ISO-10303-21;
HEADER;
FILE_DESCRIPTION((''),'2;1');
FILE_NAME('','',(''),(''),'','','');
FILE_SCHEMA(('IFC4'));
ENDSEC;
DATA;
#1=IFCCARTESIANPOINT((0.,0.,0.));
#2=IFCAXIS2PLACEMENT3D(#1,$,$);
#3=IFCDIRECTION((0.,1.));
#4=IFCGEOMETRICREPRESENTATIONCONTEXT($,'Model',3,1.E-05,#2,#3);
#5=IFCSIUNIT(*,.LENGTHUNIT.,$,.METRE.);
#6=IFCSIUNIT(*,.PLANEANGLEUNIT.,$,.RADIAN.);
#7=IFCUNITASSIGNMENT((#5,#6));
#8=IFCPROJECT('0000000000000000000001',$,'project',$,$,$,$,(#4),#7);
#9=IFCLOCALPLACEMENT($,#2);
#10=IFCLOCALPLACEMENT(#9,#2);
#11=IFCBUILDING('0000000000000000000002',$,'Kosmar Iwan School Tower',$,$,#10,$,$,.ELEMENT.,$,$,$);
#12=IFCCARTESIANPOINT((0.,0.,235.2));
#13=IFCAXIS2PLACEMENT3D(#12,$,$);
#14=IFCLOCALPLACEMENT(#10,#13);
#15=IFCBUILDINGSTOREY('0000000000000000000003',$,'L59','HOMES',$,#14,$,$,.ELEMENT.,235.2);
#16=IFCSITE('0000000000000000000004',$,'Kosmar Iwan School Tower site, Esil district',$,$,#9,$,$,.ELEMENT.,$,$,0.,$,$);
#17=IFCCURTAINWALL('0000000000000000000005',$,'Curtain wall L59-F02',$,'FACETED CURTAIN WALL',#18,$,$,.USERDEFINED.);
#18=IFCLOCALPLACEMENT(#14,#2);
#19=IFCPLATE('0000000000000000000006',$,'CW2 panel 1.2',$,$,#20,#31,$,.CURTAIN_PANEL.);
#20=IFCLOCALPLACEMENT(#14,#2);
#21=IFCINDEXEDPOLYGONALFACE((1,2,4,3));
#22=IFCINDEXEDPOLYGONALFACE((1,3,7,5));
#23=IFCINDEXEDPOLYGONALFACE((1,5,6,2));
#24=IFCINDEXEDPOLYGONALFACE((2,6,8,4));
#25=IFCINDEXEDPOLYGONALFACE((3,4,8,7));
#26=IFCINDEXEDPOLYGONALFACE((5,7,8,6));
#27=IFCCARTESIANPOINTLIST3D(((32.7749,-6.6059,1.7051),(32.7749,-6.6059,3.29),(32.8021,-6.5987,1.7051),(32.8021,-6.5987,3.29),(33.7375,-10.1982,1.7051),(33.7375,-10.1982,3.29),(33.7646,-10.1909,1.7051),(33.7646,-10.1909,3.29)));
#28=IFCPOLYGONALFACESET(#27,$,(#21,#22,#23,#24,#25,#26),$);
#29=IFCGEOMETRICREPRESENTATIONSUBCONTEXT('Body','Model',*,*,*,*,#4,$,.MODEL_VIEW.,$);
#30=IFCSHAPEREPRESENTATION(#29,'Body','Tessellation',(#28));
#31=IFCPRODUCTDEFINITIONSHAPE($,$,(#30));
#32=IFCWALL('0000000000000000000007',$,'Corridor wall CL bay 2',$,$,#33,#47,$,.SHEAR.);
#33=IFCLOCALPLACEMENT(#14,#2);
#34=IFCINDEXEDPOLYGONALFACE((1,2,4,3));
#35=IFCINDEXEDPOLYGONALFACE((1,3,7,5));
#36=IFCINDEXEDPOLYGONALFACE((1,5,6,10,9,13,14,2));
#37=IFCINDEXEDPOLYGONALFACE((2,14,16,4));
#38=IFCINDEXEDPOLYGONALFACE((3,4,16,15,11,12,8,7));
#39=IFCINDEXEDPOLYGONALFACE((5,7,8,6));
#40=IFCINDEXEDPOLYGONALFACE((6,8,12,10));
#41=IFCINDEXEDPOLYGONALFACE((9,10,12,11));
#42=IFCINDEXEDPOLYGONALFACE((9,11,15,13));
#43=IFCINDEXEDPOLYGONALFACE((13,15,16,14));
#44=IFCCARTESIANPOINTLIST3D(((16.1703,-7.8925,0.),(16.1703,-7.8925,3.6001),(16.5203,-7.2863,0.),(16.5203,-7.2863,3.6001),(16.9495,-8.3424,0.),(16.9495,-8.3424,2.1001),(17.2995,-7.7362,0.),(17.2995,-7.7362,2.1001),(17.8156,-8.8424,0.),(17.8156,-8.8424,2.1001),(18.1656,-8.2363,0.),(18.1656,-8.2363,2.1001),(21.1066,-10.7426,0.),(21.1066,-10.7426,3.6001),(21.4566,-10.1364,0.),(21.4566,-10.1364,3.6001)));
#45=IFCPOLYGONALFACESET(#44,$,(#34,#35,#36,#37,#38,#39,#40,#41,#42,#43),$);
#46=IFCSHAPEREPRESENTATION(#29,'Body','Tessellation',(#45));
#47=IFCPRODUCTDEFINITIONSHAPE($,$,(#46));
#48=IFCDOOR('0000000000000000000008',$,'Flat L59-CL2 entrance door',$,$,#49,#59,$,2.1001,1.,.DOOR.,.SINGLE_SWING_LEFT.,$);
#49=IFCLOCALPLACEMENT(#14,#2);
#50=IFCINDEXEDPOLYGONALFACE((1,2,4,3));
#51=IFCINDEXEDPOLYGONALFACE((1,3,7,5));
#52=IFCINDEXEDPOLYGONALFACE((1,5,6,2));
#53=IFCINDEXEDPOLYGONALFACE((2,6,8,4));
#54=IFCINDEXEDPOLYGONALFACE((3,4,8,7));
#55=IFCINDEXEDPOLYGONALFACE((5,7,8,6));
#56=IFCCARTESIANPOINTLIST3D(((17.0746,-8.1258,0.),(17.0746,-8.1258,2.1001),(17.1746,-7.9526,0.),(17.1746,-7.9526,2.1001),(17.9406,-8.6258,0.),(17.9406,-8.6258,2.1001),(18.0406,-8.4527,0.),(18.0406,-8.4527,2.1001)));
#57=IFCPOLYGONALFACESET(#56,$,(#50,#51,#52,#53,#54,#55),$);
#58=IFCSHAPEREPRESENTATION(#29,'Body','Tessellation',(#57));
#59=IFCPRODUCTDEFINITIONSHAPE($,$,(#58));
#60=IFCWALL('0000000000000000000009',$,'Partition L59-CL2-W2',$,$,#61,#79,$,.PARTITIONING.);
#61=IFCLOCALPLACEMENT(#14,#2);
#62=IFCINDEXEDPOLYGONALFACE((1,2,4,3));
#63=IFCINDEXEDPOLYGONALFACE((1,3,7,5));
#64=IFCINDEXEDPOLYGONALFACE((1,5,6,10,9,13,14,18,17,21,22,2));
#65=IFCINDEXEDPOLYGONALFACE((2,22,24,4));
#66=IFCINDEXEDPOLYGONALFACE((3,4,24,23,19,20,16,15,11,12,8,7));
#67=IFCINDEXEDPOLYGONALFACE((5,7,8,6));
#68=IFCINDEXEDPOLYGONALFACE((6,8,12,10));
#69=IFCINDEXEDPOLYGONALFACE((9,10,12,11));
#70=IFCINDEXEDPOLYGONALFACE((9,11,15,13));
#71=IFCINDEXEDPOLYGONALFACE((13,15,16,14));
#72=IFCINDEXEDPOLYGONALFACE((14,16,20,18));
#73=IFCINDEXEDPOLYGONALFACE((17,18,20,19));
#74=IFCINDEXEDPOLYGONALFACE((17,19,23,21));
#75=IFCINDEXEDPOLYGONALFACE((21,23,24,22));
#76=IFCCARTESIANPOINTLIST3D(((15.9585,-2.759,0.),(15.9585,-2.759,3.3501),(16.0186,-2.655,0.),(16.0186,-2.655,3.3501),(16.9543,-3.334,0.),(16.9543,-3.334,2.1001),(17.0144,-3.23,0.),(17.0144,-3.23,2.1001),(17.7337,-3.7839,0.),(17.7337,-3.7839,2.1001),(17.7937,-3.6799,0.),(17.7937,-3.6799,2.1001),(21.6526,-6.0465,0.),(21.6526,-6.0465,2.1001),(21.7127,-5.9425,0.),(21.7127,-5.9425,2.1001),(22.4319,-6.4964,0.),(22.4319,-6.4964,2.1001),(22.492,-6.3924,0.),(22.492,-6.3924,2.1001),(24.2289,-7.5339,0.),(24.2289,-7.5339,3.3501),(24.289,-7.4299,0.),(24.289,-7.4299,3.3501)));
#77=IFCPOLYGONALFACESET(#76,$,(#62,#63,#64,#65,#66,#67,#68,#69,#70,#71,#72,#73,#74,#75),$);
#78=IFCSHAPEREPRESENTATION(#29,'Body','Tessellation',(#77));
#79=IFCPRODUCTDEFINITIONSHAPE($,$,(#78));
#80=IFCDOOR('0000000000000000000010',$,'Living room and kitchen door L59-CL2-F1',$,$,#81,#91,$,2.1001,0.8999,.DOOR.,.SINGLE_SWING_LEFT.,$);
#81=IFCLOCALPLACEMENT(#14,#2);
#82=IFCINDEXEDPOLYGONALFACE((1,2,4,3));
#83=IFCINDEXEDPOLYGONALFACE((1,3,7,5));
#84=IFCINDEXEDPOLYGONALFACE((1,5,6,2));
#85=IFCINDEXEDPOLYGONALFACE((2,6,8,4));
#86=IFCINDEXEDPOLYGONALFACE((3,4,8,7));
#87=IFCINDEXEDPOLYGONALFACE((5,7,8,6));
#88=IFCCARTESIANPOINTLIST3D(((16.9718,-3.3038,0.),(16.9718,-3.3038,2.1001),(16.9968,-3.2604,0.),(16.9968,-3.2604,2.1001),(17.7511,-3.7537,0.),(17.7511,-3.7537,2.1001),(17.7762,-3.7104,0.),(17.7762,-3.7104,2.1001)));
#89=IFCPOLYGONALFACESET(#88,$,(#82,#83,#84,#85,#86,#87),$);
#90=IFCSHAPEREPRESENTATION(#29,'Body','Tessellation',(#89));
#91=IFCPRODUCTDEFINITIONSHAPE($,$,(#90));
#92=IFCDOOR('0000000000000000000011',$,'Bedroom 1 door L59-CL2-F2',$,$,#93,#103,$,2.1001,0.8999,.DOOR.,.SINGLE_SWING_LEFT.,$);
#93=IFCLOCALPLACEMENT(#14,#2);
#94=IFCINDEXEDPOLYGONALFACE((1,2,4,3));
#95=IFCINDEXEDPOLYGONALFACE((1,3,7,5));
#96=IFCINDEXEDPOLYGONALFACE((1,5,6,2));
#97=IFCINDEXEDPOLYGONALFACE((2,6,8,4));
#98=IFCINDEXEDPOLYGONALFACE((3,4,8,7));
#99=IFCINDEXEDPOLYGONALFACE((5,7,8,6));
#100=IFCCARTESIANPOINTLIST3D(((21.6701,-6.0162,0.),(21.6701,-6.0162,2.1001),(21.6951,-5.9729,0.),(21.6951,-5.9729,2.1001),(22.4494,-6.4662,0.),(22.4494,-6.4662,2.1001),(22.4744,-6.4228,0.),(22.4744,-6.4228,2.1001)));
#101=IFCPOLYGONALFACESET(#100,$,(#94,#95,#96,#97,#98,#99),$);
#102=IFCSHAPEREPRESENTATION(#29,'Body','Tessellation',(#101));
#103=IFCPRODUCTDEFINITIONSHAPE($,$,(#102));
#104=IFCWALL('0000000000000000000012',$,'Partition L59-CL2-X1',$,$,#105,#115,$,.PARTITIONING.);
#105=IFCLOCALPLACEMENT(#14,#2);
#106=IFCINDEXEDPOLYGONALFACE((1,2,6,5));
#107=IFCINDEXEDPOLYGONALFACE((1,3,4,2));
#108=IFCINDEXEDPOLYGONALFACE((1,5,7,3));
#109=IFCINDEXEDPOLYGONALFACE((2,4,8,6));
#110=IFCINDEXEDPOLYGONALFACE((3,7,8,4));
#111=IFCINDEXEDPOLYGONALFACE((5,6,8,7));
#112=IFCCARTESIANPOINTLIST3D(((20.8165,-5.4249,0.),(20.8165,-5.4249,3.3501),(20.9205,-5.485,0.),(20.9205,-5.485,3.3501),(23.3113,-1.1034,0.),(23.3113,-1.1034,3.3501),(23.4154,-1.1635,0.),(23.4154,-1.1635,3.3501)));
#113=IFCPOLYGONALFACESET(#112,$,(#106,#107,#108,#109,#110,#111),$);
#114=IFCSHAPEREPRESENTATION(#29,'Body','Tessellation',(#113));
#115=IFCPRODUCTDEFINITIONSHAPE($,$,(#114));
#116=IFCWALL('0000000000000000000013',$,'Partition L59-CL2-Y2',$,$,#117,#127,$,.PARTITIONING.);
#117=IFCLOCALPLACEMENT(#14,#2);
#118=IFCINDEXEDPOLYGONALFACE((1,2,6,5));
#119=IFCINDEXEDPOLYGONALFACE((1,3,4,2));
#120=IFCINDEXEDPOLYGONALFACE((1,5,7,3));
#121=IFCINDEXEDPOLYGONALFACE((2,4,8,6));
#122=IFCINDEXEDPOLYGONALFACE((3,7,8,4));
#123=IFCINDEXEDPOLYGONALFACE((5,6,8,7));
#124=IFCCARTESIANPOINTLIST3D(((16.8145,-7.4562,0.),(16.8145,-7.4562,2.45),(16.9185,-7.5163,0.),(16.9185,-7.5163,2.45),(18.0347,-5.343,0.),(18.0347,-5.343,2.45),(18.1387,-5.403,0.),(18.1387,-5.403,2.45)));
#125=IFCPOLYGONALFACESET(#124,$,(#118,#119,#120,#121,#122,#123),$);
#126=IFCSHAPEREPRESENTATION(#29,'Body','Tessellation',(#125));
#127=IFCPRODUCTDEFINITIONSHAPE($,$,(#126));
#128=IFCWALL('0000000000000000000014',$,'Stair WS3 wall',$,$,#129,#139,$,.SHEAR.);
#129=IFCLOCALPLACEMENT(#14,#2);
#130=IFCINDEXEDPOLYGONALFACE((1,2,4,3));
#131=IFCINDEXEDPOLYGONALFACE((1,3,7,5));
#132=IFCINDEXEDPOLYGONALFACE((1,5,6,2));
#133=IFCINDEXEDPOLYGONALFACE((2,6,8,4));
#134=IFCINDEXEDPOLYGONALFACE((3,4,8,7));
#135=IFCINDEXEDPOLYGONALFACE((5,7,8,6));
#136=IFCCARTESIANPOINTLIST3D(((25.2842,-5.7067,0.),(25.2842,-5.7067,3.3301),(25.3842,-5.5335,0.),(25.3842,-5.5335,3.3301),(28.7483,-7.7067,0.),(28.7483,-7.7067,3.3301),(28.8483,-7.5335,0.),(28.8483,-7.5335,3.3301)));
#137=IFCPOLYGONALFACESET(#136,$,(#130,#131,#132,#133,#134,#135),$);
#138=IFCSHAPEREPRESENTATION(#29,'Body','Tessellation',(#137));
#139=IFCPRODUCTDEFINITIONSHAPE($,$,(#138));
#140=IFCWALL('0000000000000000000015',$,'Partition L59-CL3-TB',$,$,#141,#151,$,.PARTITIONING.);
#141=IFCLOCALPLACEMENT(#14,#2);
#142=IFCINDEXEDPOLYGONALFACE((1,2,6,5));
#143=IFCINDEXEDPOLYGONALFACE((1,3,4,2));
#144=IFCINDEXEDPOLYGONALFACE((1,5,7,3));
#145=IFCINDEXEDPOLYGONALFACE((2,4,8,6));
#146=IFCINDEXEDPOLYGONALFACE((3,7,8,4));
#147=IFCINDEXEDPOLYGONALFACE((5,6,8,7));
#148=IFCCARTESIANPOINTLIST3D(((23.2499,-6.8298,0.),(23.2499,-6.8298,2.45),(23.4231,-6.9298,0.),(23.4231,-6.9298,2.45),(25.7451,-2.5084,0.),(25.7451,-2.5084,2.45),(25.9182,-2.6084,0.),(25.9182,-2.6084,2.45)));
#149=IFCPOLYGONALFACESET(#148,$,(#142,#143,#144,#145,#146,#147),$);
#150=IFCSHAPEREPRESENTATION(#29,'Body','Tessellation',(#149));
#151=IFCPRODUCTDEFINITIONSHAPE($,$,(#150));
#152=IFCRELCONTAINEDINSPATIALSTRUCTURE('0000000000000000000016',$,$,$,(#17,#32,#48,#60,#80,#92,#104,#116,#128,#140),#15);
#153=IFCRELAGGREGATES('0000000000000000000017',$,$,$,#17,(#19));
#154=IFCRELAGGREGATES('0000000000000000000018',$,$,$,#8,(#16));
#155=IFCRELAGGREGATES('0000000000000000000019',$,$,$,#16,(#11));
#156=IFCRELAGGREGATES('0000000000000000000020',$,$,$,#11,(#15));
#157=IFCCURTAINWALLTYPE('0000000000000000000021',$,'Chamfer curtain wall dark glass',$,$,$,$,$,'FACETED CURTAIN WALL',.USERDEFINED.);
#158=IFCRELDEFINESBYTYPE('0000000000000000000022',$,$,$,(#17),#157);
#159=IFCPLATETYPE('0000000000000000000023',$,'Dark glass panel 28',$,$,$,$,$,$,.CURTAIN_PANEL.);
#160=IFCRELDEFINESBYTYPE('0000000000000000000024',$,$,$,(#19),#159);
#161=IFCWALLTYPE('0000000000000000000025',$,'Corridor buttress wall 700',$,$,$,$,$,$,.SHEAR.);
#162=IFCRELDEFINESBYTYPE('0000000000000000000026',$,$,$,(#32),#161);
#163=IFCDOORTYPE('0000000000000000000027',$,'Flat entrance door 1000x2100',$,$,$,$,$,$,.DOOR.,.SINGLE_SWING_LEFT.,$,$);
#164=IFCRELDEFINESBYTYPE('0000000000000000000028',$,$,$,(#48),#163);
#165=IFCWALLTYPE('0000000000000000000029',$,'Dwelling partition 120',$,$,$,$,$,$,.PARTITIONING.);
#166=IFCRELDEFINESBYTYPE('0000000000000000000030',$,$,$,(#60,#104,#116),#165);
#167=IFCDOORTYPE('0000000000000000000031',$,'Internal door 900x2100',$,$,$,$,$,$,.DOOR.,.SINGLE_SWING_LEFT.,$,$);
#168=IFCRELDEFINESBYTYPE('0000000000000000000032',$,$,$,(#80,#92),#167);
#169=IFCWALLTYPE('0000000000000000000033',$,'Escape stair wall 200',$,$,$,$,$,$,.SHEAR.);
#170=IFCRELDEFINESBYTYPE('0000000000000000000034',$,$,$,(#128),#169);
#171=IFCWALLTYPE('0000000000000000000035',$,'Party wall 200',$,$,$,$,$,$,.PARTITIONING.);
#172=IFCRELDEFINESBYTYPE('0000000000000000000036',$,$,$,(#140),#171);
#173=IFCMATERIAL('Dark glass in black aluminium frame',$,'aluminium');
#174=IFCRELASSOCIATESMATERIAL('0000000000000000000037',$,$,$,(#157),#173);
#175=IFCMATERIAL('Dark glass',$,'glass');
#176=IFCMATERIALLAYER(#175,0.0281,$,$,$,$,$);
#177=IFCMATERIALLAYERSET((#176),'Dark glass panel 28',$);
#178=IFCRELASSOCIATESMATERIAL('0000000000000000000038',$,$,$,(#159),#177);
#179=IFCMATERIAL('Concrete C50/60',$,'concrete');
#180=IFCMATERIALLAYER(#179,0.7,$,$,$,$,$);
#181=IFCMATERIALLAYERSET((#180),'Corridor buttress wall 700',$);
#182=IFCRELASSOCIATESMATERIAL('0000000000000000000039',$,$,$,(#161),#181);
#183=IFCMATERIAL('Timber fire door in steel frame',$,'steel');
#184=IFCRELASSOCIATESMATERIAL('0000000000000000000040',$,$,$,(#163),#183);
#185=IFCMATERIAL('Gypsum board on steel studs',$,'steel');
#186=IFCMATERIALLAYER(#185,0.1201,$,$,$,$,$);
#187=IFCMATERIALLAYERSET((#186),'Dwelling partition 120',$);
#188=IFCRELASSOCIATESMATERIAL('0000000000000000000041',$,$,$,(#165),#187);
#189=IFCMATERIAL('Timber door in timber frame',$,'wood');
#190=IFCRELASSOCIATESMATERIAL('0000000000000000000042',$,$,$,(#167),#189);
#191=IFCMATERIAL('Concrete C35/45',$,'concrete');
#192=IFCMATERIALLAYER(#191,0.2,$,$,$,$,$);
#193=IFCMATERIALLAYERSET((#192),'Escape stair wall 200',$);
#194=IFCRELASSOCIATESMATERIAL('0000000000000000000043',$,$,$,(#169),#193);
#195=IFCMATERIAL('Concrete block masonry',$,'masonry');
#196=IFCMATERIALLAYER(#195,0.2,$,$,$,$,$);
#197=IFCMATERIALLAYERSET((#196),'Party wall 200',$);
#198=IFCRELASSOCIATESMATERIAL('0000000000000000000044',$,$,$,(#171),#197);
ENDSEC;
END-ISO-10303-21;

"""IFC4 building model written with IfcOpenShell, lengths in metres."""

from ifc_helpers import new_model, si_unit, direction, frame, frame_2d, origin, origin_2d, place, context, subcontext, project, spatial, rectangle, extrude, material, layer, layer_set, type_object, element, fill, aggregate, save


model = new_model("IFC4")

# Units and contexts
model_context = context("Model", 3, precision=1e-05, world=origin(), true_north=direction((0.0, 1.0)))
body_context = subcontext(model_context, "Body", "Model", "MODEL_VIEW")
ifc_project = project(units=[si_unit("LENGTHUNIT", "METRE"), si_unit("PLANEANGLEUNIT", "RADIAN")], contexts=[model_context])

# Site, building, storey
site_placement = place(None, origin())
site = spatial("IfcSite", under=ifc_project, at=site_placement, Name="Kosmar Iwan School Tower site, Esil district", CompositionType="ELEMENT", RefElevation=0.0)
building_placement = place(site_placement, origin())
building = spatial("IfcBuilding", under=site, at=building_placement, Name="Kosmar Iwan School Tower", CompositionType="ELEMENT")
storey_placement = place(building_placement, frame((0.0, 0.0, 235.2)))
storey = spatial("IfcBuildingStorey", under=building, at=storey_placement, Name="L59", Description="HOMES", CompositionType="ELEMENT", Elevation=235.2)

# Curtain wall
ifc_material_1 = material(Name="Dark glass in black aluminium frame", Category="aluminium")
curtain_wall_type = type_object("IfcCurtainWallType", Name="Chamfer curtain wall dark glass", ElementType="FACETED CURTAIN WALL", PredefinedType="USERDEFINED", material=ifc_material_1)
curtain_wall_placement = place(storey_placement, origin())
curtain_wall = element("IfcCurtainWall", 1, at=curtain_wall_placement, inside=storey, type_object=curtain_wall_type, Name="Curtain wall L59-F02", ObjectType="FACETED CURTAIN WALL", PredefinedType="USERDEFINED")

# Plate
ifc_material_2 = material(Name="Dark glass", Category="glass")
ifc_layer_1 = layer(ifc_material_2, 0.0281)
ifc_layer_set_1 = layer_set([ifc_layer_1], Name="Dark glass panel 28")
plate_type = type_object("IfcPlateType", Name="Dark glass panel 28", PredefinedType="CURTAIN_PANEL", material=ifc_layer_set_1)
plate_placement = place(storey_placement, frame((33.2698, -8.3984, 1.7051), z_axis=(0.0, 0.0, 1.0), x_axis=(-0.258819, 0.965926, 0.0)))
plate = element("IfcPlate", 2, at=plate_placement, type_object=plate_type, Name="CW2 panel 1.2", PredefinedType="CURTAIN_PANEL", context=body_context, shape_type="SweptSolid", body=[
    extrude(rectangle(XDim=3.719, YDim=0.0281, at=origin_2d()), origin(), (0.0, 0.0, 1.0), 1.585),
])
aggregate(curtain_wall, [plate])

# Wall, opening, door
ifc_material_3 = material(Name="Concrete C50/60", Category="concrete")
ifc_layer_2 = layer(ifc_material_3, 0.7)
ifc_layer_set_2 = layer_set([ifc_layer_2], Name="Corridor buttress wall 700")
wall_type_1 = type_object("IfcWallType", Name="Corridor buttress wall 700", PredefinedType="SHEAR", material=ifc_layer_set_2)
wall_1_placement = place(storey_placement, frame((16.3452, -7.5894, 0.0), z_axis=(0.0, 0.0, 1.0), x_axis=(0.866015, -0.500018, 0.0)))
wall_1 = element("IfcWall", 3, at=wall_1_placement, inside=storey, type_object=wall_type_1, Name="Corridor wall CL bay 2", PredefinedType="SHEAR", context=body_context, shape_type="SweptSolid", body=[
    extrude(rectangle(XDim=5.7, YDim=0.7, at=frame_2d((2.8501, 0.0))), origin(), (0.0, 0.0, 1.0), 3.6001),
])
opening_1_placement = place(wall_1_placement, frame((0.8999, 0.0, 0.0)))
opening_1 = element("IfcOpeningElement", 4, at=opening_1_placement, cuts=wall_1, PredefinedType="OPENING", context=body_context, shape_type="SweptSolid", body=[
    extrude(rectangle(XDim=1.0, YDim=2.1001, at=frame_2d((0.5, 1.05))), frame((0.0, 0.3621, 0.0), z_axis=(0.0, -1.0, 0.0), x_axis=(1.0, 0.0, 0.0)), (0.0, 0.0, 1.0), 0.7239),
])
ifc_material_4 = material(Name="Timber fire door in steel frame", Category="steel")
door_type_1 = type_object("IfcDoorType", Name="Flat entrance door 1000x2100", OperationType="SINGLE_SWING_LEFT", PredefinedType="DOOR", material=ifc_material_4)
door_1_placement = place(opening_1_placement, origin())
door_1 = element("IfcDoor", 5, at=door_1_placement, inside=storey, type_object=door_type_1, Name="Flat L59-CL2 entrance door", OperationType="SINGLE_SWING_LEFT", OverallHeight=2.1001, OverallWidth=1.0, PredefinedType="DOOR", context=body_context, shape_type="SweptSolid", body=[
    extrude(rectangle(XDim=1.0, YDim=2.1001, at=frame_2d((0.5, 1.05))), frame((0.0, 0.1001, 0.0), z_axis=(0.0, -1.0, 0.0), x_axis=(1.0, 0.0, 0.0)), (0.0, 0.0, 1.0), 0.2),
])
fill(opening_1, door_1)

# Wall, openings, doors
ifc_material_5 = material(Name="Gypsum board on steel studs", Category="steel")
ifc_layer_3 = layer(ifc_material_5, 0.1201)
ifc_layer_set_3 = layer_set([ifc_layer_3], Name="Dwelling partition 120")
wall_type_2 = type_object("IfcWallType", Name="Dwelling partition 120", PredefinedType="PARTITIONING", material=ifc_layer_set_3)
wall_2_placement = place(storey_placement, frame((15.9885, -2.707, 0.0), z_axis=(0.0, 0.0, 1.0), x_axis=(0.866029, -0.499994, 0.0)))
wall_2 = element("IfcWall", 6, at=wall_2_placement, inside=storey, type_object=wall_type_2, Name="Partition L59-CL2-W2", PredefinedType="PARTITIONING", context=body_context, shape_type="SweptSolid", body=[
    extrude(rectangle(XDim=9.5498, YDim=0.1201, at=frame_2d((4.7749, 0.0))), origin(), (0.0, 0.0, 1.0), 3.3501),
])
opening_2_placement = place(wall_2_placement, frame((1.1499, 0.0, 0.0)))
opening_2 = element("IfcOpeningElement", 7, at=opening_2_placement, cuts=wall_2, PredefinedType="OPENING", context=body_context, shape_type="SweptSolid", body=[
    extrude(rectangle(XDim=0.8999, YDim=2.1001, at=frame_2d((0.45, 1.05))), frame((0.0, 0.072, 0.0), z_axis=(0.0, -1.0, 0.0), x_axis=(1.0, 0.0, 0.0)), (0.0, 0.0, 1.0), 0.144),
])
opening_3_placement = place(wall_2_placement, frame((6.575, 0.0, 0.0)))
opening_3 = element("IfcOpeningElement", 8, at=opening_3_placement, cuts=wall_2, PredefinedType="OPENING", context=body_context, shape_type="SweptSolid", body=[
    extrude(rectangle(XDim=0.8999, YDim=2.1001, at=frame_2d((0.45, 1.05))), frame((0.0, 0.072, 0.0), z_axis=(0.0, -1.0, 0.0), x_axis=(1.0, 0.0, 0.0)), (0.0, 0.0, 1.0), 0.144),
])
ifc_material_6 = material(Name="Timber door in timber frame", Category="wood")
door_type_2 = type_object("IfcDoorType", Name="Internal door 900x2100", OperationType="SINGLE_SWING_LEFT", PredefinedType="DOOR", material=ifc_material_6)
door_2_placement = place(opening_2_placement, origin())
door_2 = element("IfcDoor", 9, at=door_2_placement, inside=storey, type_object=door_type_2, Name="Living room and kitchen door L59-CL2-F1", OperationType="SINGLE_SWING_LEFT", OverallHeight=2.1001, OverallWidth=0.8999, PredefinedType="DOOR", context=body_context, shape_type="SweptSolid", body=[
    extrude(rectangle(XDim=0.8999, YDim=2.1001, at=frame_2d((0.45, 1.05))), frame((0.0, 0.0249, 0.0), z_axis=(0.0, -1.0, 0.0), x_axis=(1.0, 0.0, 0.0)), (0.0, 0.0, 1.0), 0.05),
])
fill(opening_2, door_2)
door_3_placement = place(opening_3_placement, origin())
door_3 = element("IfcDoor", 10, at=door_3_placement, inside=storey, type_object=door_type_2, Name="Bedroom 1 door L59-CL2-F2", OperationType="SINGLE_SWING_LEFT", OverallHeight=2.1001, OverallWidth=0.8999, PredefinedType="DOOR", context=body_context, shape_type="SweptSolid", body=[
    extrude(rectangle(XDim=0.8999, YDim=2.1001, at=frame_2d((0.45, 1.05))), frame((0.0, 0.0249, 0.0), z_axis=(0.0, -1.0, 0.0), x_axis=(1.0, 0.0, 0.0)), (0.0, 0.0, 1.0), 0.05),
])
fill(opening_3, door_3)

# Walls
wall_3_placement = place(storey_placement, frame((20.8684, -5.4551, 0.0), z_axis=(0.0, 0.0, 1.0), x_axis=(0.499975, 0.86604, 0.0)))
element("IfcWall", 11, at=wall_3_placement, inside=storey, type_object=wall_type_2, Name="Partition L59-CL2-X1", PredefinedType="PARTITIONING", context=body_context, shape_type="SweptSolid", body=[
    extrude(rectangle(XDim=4.99, YDim=0.1201, at=frame_2d((2.4951, 0.0))), origin(), (0.0, 0.0, 1.0), 3.3501),
])
wall_4_placement = place(storey_placement, frame((16.8665, -7.4863, 0.0), z_axis=(0.0, 0.0, 1.0), x_axis=(0.500034, 0.866006, 0.0)))
element("IfcWall", 12, at=wall_4_placement, inside=storey, type_object=wall_type_2, Name="Partition L59-CL2-Y2", PredefinedType="PARTITIONING", context=body_context, shape_type="SweptSolid", body=[
    extrude(rectangle(XDim=2.4402, YDim=0.1201, at=frame_2d((1.2202, 0.0))), origin(), (0.0, 0.0, 1.0), 2.45),
])
ifc_material_7 = material(Name="Concrete C35/45", Category="concrete")
ifc_layer_4 = layer(ifc_material_7, 0.2)
ifc_layer_set_4 = layer_set([ifc_layer_4], Name="Escape stair wall 200")
wall_type_3 = type_object("IfcWallType", Name="Escape stair wall 200", PredefinedType="SHEAR", material=ifc_layer_set_4)
wall_5_placement = place(storey_placement, frame((25.3342, -5.6201, 0.0), z_axis=(0.0, 0.0, 1.0), x_axis=(0.866026, -0.499999, 0.0)))
element("IfcWall", 13, at=wall_5_placement, inside=storey, type_object=wall_type_3, Name="Stair WS3 wall", PredefinedType="SHEAR", context=body_context, shape_type="SweptSolid", body=[
    extrude(rectangle(XDim=4.0, YDim=0.2, at=frame_2d((2.0, 0.0))), origin(), (0.0, 0.0, 1.0), 3.3301),
])
ifc_material_8 = material(Name="Concrete block masonry", Category="masonry")
ifc_layer_5 = layer(ifc_material_8, 0.2)
ifc_layer_set_5 = layer_set([ifc_layer_5], Name="Party wall 200")
wall_type_4 = type_object("IfcWallType", Name="Party wall 200", PredefinedType="PARTITIONING", material=ifc_layer_set_5)
wall_6_placement = place(storey_placement, frame((23.3364, -6.8799, 0.0), z_axis=(0.0, 0.0, 1.0), x_axis=(0.500033, 0.866006, 0.0)))
element("IfcWall", 14, at=wall_6_placement, inside=storey, type_object=wall_type_4, Name="Partition L59-CL3-TB", PredefinedType="PARTITIONING", context=body_context, shape_type="SweptSolid", body=[
    extrude(rectangle(XDim=4.99, YDim=0.2, at=frame_2d((2.4951, 0.0))), origin(), (0.0, 0.0, 1.0), 2.45),
])

save(model, "model.ifc")
